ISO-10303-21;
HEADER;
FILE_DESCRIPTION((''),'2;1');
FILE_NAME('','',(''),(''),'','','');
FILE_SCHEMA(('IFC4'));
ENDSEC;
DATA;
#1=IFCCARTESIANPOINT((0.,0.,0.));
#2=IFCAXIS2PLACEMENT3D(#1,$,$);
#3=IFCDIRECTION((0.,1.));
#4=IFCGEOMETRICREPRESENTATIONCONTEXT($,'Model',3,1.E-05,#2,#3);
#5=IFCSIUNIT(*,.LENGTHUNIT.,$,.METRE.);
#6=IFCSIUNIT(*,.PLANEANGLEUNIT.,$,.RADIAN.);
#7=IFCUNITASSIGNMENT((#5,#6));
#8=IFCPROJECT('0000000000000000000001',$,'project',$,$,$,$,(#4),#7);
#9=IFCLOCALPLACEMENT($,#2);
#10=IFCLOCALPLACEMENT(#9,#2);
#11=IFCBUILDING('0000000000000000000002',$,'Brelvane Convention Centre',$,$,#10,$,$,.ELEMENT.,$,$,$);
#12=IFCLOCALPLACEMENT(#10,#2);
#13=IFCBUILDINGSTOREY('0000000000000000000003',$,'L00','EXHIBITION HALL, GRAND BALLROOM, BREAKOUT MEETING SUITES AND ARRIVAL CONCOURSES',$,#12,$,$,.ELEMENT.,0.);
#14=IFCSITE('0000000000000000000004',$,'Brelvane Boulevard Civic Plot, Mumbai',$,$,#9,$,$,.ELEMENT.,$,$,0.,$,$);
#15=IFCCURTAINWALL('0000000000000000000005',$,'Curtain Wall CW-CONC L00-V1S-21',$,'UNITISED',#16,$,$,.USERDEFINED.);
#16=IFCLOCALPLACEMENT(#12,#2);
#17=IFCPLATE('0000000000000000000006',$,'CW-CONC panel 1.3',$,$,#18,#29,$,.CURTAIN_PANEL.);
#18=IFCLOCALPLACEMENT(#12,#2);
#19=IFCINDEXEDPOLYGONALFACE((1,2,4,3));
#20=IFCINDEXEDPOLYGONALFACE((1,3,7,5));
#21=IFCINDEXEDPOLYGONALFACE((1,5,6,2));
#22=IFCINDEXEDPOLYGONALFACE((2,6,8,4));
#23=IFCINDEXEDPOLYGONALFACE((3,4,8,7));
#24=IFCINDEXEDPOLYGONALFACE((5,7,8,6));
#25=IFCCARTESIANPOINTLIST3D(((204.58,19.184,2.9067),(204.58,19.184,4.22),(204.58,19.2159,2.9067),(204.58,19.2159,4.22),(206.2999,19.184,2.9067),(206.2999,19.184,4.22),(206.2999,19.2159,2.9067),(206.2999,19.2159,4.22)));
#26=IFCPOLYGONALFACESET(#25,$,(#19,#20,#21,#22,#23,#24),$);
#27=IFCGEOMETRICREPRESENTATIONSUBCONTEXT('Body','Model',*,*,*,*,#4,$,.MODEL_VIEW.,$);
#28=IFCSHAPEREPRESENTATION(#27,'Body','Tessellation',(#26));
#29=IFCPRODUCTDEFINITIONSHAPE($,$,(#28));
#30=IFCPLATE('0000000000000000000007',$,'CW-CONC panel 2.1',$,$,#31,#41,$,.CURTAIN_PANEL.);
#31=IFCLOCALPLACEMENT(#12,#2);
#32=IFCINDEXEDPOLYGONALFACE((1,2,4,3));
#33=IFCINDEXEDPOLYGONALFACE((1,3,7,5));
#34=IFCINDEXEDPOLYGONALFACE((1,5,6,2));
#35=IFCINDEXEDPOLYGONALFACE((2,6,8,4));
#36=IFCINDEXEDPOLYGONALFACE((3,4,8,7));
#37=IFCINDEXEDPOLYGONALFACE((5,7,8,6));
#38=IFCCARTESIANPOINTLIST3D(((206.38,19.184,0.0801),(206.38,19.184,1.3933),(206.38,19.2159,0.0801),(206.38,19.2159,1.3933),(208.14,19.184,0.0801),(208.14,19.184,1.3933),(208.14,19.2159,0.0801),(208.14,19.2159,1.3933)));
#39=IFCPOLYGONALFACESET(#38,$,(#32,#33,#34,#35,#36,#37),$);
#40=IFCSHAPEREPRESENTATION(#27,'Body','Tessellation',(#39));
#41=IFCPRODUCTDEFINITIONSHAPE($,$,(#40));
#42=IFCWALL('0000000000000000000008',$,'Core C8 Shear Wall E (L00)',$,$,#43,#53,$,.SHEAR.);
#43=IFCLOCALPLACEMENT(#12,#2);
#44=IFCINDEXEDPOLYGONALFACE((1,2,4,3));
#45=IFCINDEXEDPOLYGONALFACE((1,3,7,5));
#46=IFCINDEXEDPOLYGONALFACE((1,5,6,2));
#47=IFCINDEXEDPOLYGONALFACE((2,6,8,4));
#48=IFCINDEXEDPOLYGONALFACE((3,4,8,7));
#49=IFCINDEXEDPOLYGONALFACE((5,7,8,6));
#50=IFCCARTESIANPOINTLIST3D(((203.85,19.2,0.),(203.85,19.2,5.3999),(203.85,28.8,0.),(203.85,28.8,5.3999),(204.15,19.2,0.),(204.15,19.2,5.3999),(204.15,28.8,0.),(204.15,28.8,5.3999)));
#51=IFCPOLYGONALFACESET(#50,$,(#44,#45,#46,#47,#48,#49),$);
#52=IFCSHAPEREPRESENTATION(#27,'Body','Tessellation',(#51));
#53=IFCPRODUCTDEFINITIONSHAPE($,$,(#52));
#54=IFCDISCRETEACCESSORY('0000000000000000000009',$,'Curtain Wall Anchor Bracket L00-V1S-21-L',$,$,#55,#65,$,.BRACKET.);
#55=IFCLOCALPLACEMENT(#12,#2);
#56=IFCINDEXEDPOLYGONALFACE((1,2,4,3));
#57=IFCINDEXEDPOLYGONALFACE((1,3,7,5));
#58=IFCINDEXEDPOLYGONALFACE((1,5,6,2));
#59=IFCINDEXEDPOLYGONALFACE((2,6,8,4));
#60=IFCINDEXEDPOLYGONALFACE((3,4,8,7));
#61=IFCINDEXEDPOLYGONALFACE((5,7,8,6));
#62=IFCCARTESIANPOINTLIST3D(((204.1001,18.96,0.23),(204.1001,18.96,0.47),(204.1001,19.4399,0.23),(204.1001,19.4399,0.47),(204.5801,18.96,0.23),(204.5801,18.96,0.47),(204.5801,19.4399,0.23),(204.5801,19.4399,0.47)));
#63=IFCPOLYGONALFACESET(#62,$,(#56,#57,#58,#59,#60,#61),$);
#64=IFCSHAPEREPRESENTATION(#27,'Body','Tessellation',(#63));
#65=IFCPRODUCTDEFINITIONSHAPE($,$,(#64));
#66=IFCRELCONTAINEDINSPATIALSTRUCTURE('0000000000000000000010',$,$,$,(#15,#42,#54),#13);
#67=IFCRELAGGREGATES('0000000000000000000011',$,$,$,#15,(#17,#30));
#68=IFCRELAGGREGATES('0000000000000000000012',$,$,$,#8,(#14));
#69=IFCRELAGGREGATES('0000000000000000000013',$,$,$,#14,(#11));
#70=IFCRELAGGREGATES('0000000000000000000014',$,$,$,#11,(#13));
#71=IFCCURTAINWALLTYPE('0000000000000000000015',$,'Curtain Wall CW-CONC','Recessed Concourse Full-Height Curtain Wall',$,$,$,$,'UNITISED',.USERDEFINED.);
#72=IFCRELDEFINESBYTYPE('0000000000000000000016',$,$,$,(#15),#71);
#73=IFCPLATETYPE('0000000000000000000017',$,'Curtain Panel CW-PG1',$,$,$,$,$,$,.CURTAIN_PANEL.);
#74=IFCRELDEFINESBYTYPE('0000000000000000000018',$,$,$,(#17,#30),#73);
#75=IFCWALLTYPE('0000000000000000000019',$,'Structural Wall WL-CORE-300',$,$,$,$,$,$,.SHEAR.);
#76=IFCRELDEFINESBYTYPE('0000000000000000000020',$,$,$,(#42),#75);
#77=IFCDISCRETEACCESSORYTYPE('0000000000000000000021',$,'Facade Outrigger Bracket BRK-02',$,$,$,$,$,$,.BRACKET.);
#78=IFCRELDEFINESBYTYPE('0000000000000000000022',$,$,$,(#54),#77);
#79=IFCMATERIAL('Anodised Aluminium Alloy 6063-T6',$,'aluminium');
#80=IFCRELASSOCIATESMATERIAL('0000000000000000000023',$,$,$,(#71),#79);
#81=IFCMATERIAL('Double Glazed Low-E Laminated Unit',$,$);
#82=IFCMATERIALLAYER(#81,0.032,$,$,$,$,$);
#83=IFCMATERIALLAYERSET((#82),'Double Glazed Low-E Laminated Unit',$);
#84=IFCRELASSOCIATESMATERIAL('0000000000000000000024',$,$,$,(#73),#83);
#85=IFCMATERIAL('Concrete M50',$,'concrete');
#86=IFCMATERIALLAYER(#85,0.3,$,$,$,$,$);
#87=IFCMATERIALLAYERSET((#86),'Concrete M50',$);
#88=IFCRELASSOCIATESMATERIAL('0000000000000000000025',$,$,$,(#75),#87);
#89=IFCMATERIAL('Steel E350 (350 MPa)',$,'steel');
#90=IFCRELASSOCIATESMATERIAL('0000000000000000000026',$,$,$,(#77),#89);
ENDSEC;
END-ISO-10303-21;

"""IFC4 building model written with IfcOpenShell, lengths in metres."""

from ifc_helpers import new_model, si_unit, direction, frame, frame_2d, origin, origin_2d, place, context, subcontext, project, spatial, rectangle, extrude, material, layer, layer_set, type_object, element, aggregate, save


model = new_model("IFC4")

# Units and contexts
model_context = context("Model", 3, precision=1e-05, world=origin(), true_north=direction((0.0, 1.0)))
body_context = subcontext(model_context, "Body", "Model", "MODEL_VIEW")
ifc_project = project(units=[si_unit("LENGTHUNIT", "METRE"), si_unit("PLANEANGLEUNIT", "RADIAN")], contexts=[model_context])

# Site, building, storey
site_placement = place(None, origin())
site = spatial("IfcSite", under=ifc_project, at=site_placement, Name="Brelvane Boulevard Civic Plot, Mumbai", CompositionType="ELEMENT", RefElevation=0.0)
building_placement = place(site_placement, origin())
building = spatial("IfcBuilding", under=site, at=building_placement, Name="Brelvane Convention Centre", CompositionType="ELEMENT")
storey_placement = place(building_placement, origin())
storey = spatial("IfcBuildingStorey", under=building, at=storey_placement, Name="L00", Description="EXHIBITION HALL, GRAND BALLROOM, BREAKOUT MEETING SUITES AND ARRIVAL CONCOURSES", CompositionType="ELEMENT", Elevation=0.0)

# Curtain wall
ifc_material_1 = material(Name="Anodised Aluminium Alloy 6063-T6", Category="aluminium")
curtain_wall_type = type_object("IfcCurtainWallType", Name="Curtain Wall CW-CONC", Description="Recessed Concourse Full-Height Curtain Wall", ElementType="UNITISED", PredefinedType="USERDEFINED", material=ifc_material_1)
curtain_wall_placement = place(storey_placement, origin())
curtain_wall = element("IfcCurtainWall", 1, at=curtain_wall_placement, inside=storey, type_object=curtain_wall_type, Name="Curtain Wall CW-CONC L00-V1S-21", ObjectType="UNITISED", PredefinedType="USERDEFINED")

# Plates
ifc_material_2 = material(Name="Double Glazed Low-E Laminated Unit")
ifc_layer_1 = layer(ifc_material_2, 0.032)
ifc_layer_set_1 = layer_set([ifc_layer_1], Name="Double Glazed Low-E Laminated Unit")
plate_type = type_object("IfcPlateType", Name="Curtain Panel CW-PG1", PredefinedType="CURTAIN_PANEL", material=ifc_layer_set_1)
plate_1_placement = place(storey_placement, frame((205.4399, 19.2, 2.9067), z_axis=(0.0, 0.0, 1.0), x_axis=(1.0, 0.0, 0.0)))
plate_1 = element("IfcPlate", 2, at=plate_1_placement, type_object=plate_type, Name="CW-CONC panel 1.3", PredefinedType="CURTAIN_PANEL", context=body_context, shape_type="SweptSolid", body=[
    extrude(rectangle(XDim=1.72, YDim=0.032, at=origin_2d()), origin(), (0.0, 0.0, 1.0), 1.3132),
])
plate_2_placement = place(storey_placement, frame((207.26, 19.2, 0.0801), z_axis=(0.0, 0.0, 1.0), x_axis=(1.0, 0.0, 0.0)))
plate_2 = element("IfcPlate", 3, at=plate_2_placement, type_object=plate_type, Name="CW-CONC panel 2.1", PredefinedType="CURTAIN_PANEL", context=body_context, shape_type="SweptSolid", body=[
    extrude(rectangle(XDim=1.76, YDim=0.032, at=origin_2d()), origin(), (0.0, 0.0, 1.0), 1.3132),
])
aggregate(curtain_wall, [plate_1, plate_2])

# Wall
ifc_material_3 = material(Name="Concrete M50", Category="concrete")
ifc_layer_2 = layer(ifc_material_3, 0.3)
ifc_layer_set_2 = layer_set([ifc_layer_2], Name="Concrete M50")
wall_type = type_object("IfcWallType", Name="Structural Wall WL-CORE-300", PredefinedType="SHEAR", material=ifc_layer_set_2)
wall_placement = place(storey_placement, frame((204.0, 19.2, 0.0), z_axis=(0.0, 0.0, 1.0), x_axis=(0.0, 1.0, 0.0)))
element("IfcWall", 4, at=wall_placement, inside=storey, type_object=wall_type, Name="Core C8 Shear Wall E (L00)", PredefinedType="SHEAR", context=body_context, shape_type="SweptSolid", body=[
    extrude(rectangle(XDim=9.6001, YDim=0.3, at=frame_2d((4.8, 0.0))), origin(), (0.0, 0.0, 1.0), 5.3999),
])

# Discrete accessory
ifc_material_4 = material(Name="Steel E350 (350 MPa)", Category="steel")
discrete_accessory_type = type_object("IfcDiscreteAccessoryType", Name="Facade Outrigger Bracket BRK-02", PredefinedType="BRACKET", material=ifc_material_4)
discrete_accessory_placement = place(storey_placement, frame((204.3401, 19.2, 0.23), z_axis=(0.0, 0.0, 1.0), x_axis=(1.0, 0.0, 0.0)))
element("IfcDiscreteAccessory", 5, at=discrete_accessory_placement, inside=storey, type_object=discrete_accessory_type, Name="Curtain Wall Anchor Bracket L00-V1S-21-L", PredefinedType="BRACKET", context=body_context, shape_type="SweptSolid", body=[
    extrude(rectangle(XDim=0.48, YDim=0.48, at=origin_2d()), origin(), (0.0, 0.0, 1.0), 0.24),
])

save(model, "model.ifc")
